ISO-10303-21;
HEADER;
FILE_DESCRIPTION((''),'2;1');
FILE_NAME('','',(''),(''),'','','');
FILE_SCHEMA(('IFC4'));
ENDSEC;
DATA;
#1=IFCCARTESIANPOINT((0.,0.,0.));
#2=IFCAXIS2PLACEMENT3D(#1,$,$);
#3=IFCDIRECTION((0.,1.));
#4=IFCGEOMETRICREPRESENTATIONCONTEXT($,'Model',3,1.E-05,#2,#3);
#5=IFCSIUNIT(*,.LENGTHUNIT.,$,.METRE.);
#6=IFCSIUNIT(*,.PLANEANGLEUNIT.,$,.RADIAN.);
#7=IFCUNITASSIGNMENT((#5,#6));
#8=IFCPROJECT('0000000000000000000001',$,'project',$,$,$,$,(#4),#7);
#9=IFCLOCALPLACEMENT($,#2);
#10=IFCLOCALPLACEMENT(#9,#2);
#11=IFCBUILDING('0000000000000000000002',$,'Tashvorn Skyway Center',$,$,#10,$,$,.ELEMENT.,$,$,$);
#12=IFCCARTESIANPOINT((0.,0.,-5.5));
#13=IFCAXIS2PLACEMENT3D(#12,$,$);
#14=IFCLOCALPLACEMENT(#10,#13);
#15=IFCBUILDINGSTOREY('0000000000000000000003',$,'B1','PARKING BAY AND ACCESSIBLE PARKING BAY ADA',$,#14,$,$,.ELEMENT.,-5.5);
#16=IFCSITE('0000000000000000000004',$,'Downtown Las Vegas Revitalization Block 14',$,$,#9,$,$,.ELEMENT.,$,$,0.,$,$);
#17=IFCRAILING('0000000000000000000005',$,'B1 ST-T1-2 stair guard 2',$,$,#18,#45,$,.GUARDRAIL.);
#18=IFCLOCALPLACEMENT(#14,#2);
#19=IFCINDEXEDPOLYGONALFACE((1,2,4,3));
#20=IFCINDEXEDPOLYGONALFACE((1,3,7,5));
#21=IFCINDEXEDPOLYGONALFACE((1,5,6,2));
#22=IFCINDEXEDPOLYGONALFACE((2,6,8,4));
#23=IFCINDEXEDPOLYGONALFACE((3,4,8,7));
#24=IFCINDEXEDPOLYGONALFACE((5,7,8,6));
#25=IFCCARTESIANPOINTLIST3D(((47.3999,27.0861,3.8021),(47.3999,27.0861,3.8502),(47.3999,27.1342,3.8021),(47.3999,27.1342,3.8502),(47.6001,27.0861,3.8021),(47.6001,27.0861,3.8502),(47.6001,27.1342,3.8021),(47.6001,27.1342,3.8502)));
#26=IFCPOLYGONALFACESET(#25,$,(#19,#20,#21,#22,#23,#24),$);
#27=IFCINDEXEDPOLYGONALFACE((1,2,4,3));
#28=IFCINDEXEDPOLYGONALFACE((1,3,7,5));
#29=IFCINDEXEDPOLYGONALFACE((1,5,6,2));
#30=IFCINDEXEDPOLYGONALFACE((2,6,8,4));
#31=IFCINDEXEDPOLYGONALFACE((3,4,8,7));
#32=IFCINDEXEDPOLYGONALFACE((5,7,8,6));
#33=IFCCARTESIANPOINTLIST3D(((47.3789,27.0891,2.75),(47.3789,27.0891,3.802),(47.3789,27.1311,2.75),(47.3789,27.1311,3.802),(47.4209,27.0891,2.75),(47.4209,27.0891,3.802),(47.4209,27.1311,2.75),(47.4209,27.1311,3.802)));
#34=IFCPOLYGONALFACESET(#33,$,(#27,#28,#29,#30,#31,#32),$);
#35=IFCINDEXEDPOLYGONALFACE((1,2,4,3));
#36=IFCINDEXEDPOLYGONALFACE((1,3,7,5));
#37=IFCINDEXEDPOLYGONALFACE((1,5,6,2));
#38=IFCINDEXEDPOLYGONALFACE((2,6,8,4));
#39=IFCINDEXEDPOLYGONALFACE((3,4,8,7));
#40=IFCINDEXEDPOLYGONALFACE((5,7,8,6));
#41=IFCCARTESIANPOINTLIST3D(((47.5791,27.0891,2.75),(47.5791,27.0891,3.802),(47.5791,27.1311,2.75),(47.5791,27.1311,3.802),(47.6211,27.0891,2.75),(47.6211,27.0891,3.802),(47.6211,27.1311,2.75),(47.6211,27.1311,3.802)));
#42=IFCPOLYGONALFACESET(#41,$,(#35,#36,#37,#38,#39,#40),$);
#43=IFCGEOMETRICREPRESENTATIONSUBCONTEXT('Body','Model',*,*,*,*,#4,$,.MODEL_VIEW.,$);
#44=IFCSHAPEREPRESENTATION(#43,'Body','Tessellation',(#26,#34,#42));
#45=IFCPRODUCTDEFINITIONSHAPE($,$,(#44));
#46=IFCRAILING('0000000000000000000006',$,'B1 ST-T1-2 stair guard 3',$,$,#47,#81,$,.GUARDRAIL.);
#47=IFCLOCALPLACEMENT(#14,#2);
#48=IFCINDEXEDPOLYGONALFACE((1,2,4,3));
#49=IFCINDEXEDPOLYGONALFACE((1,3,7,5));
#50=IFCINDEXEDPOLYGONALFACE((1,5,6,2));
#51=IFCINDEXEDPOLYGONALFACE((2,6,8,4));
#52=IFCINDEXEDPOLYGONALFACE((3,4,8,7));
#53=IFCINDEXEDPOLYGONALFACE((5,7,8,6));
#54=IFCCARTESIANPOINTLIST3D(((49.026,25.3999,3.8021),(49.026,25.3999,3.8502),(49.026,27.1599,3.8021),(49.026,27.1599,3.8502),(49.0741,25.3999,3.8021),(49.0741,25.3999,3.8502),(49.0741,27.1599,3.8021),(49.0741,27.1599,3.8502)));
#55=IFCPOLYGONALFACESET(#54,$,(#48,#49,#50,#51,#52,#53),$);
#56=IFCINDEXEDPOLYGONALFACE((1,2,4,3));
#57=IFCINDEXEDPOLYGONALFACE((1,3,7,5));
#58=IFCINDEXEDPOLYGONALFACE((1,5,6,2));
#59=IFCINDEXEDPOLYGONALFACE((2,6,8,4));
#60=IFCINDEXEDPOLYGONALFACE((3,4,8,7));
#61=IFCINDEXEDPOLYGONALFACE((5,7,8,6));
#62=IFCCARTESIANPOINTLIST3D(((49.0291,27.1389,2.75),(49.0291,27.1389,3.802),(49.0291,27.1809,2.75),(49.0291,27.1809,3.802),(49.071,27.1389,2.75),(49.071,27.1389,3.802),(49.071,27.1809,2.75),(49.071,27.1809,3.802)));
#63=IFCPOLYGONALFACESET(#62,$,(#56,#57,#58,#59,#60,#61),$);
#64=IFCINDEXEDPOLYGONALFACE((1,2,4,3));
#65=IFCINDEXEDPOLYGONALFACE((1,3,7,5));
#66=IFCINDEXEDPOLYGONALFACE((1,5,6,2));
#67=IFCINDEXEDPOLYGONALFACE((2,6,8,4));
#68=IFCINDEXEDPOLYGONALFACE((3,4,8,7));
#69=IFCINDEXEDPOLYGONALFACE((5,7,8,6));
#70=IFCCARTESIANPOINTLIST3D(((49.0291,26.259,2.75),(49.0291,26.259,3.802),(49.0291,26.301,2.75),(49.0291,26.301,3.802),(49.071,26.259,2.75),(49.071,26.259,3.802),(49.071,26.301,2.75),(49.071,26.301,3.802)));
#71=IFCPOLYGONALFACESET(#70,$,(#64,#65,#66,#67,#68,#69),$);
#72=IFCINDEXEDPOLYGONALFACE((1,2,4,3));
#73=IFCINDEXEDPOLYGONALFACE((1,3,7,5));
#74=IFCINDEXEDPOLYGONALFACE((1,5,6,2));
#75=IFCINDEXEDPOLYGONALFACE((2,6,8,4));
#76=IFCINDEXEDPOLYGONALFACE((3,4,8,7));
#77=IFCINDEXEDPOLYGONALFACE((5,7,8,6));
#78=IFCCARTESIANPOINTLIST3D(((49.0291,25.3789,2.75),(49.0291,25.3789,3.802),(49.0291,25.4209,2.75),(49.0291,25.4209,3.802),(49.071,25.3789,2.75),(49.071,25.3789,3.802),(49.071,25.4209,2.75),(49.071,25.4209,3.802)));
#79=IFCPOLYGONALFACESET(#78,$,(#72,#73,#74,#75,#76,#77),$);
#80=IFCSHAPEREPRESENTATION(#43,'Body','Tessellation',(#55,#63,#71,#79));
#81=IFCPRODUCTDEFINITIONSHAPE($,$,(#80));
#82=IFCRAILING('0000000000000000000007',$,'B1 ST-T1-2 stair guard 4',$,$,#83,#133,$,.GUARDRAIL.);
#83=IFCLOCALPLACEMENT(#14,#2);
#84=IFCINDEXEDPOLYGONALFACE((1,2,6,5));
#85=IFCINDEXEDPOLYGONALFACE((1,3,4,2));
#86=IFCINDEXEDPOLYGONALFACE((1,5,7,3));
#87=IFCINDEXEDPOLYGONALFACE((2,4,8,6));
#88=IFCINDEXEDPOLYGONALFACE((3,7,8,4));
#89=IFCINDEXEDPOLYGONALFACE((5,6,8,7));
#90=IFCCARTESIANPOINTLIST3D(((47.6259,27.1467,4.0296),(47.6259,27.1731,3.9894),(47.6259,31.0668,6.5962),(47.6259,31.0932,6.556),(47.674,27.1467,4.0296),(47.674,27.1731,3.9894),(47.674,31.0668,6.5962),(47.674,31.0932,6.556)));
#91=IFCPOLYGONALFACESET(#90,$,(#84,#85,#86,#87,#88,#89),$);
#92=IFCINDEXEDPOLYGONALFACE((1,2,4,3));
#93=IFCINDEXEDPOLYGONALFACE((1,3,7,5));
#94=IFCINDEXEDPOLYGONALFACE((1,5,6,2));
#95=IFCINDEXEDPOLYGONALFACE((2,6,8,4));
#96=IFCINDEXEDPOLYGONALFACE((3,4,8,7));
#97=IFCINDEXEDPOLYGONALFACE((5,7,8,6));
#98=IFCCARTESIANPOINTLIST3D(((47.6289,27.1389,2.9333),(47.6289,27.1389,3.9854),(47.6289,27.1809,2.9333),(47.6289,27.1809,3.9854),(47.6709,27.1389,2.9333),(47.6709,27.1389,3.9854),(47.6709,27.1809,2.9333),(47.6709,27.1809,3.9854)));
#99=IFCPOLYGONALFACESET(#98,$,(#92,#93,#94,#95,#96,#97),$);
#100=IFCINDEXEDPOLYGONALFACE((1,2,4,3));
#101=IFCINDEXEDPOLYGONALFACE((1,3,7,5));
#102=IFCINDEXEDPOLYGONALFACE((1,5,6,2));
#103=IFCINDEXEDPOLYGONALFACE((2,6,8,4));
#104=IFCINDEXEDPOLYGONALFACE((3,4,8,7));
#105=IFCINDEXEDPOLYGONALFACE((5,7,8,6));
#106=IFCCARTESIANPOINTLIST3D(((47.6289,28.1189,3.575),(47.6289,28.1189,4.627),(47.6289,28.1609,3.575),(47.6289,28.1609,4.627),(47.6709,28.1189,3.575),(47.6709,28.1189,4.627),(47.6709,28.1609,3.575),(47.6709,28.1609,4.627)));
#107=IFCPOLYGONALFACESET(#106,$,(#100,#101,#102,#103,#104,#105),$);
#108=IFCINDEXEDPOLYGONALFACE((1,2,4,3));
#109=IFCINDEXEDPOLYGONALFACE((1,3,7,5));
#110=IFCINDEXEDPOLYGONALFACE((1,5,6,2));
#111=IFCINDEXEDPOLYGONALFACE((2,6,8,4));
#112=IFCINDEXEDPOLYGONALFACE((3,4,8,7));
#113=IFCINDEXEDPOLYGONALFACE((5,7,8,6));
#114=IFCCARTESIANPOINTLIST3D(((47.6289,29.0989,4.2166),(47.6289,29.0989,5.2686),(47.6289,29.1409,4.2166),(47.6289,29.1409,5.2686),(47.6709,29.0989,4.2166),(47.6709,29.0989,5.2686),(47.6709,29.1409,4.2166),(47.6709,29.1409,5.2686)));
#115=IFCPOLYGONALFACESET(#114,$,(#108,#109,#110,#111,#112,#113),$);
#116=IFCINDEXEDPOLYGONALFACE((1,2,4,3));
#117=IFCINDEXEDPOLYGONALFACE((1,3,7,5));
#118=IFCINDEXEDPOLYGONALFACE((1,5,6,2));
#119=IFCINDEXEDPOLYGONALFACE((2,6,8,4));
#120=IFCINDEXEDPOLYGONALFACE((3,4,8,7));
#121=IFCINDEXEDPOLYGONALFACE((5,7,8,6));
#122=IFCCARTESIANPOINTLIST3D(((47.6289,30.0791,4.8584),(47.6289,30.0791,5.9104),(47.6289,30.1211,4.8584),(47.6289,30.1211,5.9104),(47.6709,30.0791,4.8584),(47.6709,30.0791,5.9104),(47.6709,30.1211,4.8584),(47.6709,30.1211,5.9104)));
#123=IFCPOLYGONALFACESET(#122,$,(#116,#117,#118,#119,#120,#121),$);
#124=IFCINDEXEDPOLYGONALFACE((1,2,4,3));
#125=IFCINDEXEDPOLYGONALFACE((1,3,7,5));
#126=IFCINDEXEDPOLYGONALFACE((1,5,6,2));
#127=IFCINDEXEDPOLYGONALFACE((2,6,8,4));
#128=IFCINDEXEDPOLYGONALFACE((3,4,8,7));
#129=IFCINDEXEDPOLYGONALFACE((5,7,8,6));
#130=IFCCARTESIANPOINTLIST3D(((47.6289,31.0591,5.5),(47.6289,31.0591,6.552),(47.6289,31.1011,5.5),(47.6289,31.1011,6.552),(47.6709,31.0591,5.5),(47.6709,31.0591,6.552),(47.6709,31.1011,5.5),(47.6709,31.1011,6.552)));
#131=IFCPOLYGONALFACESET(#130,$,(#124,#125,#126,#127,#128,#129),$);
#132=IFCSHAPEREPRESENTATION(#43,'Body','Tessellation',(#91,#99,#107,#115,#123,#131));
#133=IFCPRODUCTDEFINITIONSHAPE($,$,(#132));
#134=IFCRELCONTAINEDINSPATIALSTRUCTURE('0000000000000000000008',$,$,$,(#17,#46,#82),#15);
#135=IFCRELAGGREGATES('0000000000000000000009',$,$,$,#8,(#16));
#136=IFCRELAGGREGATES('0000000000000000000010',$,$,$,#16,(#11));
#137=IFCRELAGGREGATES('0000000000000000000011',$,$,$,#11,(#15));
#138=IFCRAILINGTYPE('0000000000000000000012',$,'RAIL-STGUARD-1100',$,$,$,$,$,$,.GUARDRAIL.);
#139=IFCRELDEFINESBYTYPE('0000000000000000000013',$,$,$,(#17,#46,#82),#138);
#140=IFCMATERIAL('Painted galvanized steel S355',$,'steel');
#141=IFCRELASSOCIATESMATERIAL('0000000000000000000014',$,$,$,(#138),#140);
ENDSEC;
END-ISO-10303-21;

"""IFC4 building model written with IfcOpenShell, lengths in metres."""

from ifc_helpers import new_model, si_unit, direction, frame, origin, origin_2d, place, context, subcontext, project, spatial, rectangle, extrude, material, type_object, element, save


model = new_model("IFC4")

# Units and contexts
model_context = context("Model", 3, precision=1e-05, world=origin(), true_north=direction((0.0, 1.0)))
body_context = subcontext(model_context, "Body", "Model", "MODEL_VIEW")
ifc_project = project(units=[si_unit("LENGTHUNIT", "METRE"), si_unit("PLANEANGLEUNIT", "RADIAN")], contexts=[model_context])

# Site, building, storey
site_placement = place(None, origin())
site = spatial("IfcSite", under=ifc_project, at=site_placement, Name="Downtown Las Vegas Revitalization Block 14", CompositionType="ELEMENT", RefElevation=0.0)
building_placement = place(site_placement, origin())
building = spatial("IfcBuilding", under=site, at=building_placement, Name="Tashvorn Skyway Center", CompositionType="ELEMENT")
storey_placement = place(building_placement, frame((0.0, 0.0, -5.5)))
storey = spatial("IfcBuildingStorey", under=building, at=storey_placement, Name="B1", Description="PARKING BAY AND ACCESSIBLE PARKING BAY ADA", CompositionType="ELEMENT", Elevation=-5.5)

# Railings
ifc_material_1 = material(Name="Painted galvanized steel S355", Category="steel")
railing_type_1 = type_object("IfcRailingType", Name="RAIL-STGUARD-1100", PredefinedType="GUARDRAIL", material=ifc_material_1)
railing_1_placement = place(storey_placement, frame((47.3999, 27.1101, 2.75)))
element("IfcRailing", 1, at=railing_1_placement, inside=storey, type_object=railing_type_1, Name="B1 ST-T1-2 stair guard 2", PredefinedType="GUARDRAIL", context=body_context, shape_type="SweptSolid", body=[
    extrude(rectangle(XDim=0.0481, YDim=0.0481, at=origin_2d()), frame((0.0, 0.0, 1.0762), z_axis=(1.0, 0.0, 0.0), x_axis=(0.0, 1.0, 0.0)), (0.0, 0.0, 1.0), 0.2002),
    extrude(rectangle(XDim=0.042, YDim=0.042, at=origin_2d()), origin(), (0.0, 0.0, 1.0), 1.052),
    extrude(rectangle(XDim=0.042, YDim=0.042, at=origin_2d()), frame((0.2002, 0.0, 0.0)), (0.0, 0.0, 1.0), 1.052),
])
railing_2_placement = place(storey_placement, frame((49.05, 27.1599, 2.75)))
element("IfcRailing", 2, at=railing_2_placement, inside=storey, type_object=railing_type_1, Name="B1 ST-T1-2 stair guard 3", PredefinedType="GUARDRAIL", context=body_context, shape_type="SweptSolid", body=[
    extrude(rectangle(XDim=0.0481, YDim=0.0481, at=origin_2d()), frame((0.0, 0.0, 1.0762), z_axis=(0.0, -1.0, 0.0), x_axis=(1.0, 0.0, 0.0)), (0.0, 0.0, 1.0), 1.76),
    extrude(rectangle(XDim=0.042, YDim=0.042, at=origin_2d()), origin(), (0.0, 0.0, 1.0), 1.052),
    extrude(rectangle(XDim=0.042, YDim=0.042, at=origin_2d()), frame((0.0, -0.8799, 0.0)), (0.0, 0.0, 1.0), 1.052),
    extrude(rectangle(XDim=0.042, YDim=0.042, at=origin_2d()), frame((0.0, -1.76, 0.0)), (0.0, 0.0, 1.0), 1.052),
])
railing_3_placement = place(storey_placement, frame((47.6499, 27.1599, 2.9333)))
element("IfcRailing", 3, at=railing_3_placement, inside=storey, type_object=railing_type_1, Name="B1 ST-T1-2 stair guard 4", PredefinedType="GUARDRAIL", context=body_context, shape_type="SweptSolid", body=[
    extrude(rectangle(XDim=0.0481, YDim=0.0481, at=origin_2d()), frame((0.0, 0.0, 1.0762), z_axis=(0.0, 0.836631, 0.547767), x_axis=(-1.0, 0.0, 0.0)), (0.0, 0.0, 1.0), 4.6855),
    extrude(rectangle(XDim=0.042, YDim=0.042, at=origin_2d()), origin(), (0.0, 0.0, 1.0), 1.052),
    extrude(rectangle(XDim=0.042, YDim=0.042, at=origin_2d()), frame((0.0, 0.98, 0.6416)), (0.0, 0.0, 1.0), 1.052),
    extrude(rectangle(XDim=0.042, YDim=0.042, at=origin_2d()), frame((0.0, 1.96, 1.2832)), (0.0, 0.0, 1.0), 1.052),
    extrude(rectangle(XDim=0.042, YDim=0.042, at=origin_2d()), frame((0.0, 2.9402, 1.925)), (0.0, 0.0, 1.0), 1.052),
    extrude(rectangle(XDim=0.042, YDim=0.042, at=origin_2d()), frame((0.0, 3.9202, 2.5667)), (0.0, 0.0, 1.0), 1.052),
])

save(model, "model.ifc")
